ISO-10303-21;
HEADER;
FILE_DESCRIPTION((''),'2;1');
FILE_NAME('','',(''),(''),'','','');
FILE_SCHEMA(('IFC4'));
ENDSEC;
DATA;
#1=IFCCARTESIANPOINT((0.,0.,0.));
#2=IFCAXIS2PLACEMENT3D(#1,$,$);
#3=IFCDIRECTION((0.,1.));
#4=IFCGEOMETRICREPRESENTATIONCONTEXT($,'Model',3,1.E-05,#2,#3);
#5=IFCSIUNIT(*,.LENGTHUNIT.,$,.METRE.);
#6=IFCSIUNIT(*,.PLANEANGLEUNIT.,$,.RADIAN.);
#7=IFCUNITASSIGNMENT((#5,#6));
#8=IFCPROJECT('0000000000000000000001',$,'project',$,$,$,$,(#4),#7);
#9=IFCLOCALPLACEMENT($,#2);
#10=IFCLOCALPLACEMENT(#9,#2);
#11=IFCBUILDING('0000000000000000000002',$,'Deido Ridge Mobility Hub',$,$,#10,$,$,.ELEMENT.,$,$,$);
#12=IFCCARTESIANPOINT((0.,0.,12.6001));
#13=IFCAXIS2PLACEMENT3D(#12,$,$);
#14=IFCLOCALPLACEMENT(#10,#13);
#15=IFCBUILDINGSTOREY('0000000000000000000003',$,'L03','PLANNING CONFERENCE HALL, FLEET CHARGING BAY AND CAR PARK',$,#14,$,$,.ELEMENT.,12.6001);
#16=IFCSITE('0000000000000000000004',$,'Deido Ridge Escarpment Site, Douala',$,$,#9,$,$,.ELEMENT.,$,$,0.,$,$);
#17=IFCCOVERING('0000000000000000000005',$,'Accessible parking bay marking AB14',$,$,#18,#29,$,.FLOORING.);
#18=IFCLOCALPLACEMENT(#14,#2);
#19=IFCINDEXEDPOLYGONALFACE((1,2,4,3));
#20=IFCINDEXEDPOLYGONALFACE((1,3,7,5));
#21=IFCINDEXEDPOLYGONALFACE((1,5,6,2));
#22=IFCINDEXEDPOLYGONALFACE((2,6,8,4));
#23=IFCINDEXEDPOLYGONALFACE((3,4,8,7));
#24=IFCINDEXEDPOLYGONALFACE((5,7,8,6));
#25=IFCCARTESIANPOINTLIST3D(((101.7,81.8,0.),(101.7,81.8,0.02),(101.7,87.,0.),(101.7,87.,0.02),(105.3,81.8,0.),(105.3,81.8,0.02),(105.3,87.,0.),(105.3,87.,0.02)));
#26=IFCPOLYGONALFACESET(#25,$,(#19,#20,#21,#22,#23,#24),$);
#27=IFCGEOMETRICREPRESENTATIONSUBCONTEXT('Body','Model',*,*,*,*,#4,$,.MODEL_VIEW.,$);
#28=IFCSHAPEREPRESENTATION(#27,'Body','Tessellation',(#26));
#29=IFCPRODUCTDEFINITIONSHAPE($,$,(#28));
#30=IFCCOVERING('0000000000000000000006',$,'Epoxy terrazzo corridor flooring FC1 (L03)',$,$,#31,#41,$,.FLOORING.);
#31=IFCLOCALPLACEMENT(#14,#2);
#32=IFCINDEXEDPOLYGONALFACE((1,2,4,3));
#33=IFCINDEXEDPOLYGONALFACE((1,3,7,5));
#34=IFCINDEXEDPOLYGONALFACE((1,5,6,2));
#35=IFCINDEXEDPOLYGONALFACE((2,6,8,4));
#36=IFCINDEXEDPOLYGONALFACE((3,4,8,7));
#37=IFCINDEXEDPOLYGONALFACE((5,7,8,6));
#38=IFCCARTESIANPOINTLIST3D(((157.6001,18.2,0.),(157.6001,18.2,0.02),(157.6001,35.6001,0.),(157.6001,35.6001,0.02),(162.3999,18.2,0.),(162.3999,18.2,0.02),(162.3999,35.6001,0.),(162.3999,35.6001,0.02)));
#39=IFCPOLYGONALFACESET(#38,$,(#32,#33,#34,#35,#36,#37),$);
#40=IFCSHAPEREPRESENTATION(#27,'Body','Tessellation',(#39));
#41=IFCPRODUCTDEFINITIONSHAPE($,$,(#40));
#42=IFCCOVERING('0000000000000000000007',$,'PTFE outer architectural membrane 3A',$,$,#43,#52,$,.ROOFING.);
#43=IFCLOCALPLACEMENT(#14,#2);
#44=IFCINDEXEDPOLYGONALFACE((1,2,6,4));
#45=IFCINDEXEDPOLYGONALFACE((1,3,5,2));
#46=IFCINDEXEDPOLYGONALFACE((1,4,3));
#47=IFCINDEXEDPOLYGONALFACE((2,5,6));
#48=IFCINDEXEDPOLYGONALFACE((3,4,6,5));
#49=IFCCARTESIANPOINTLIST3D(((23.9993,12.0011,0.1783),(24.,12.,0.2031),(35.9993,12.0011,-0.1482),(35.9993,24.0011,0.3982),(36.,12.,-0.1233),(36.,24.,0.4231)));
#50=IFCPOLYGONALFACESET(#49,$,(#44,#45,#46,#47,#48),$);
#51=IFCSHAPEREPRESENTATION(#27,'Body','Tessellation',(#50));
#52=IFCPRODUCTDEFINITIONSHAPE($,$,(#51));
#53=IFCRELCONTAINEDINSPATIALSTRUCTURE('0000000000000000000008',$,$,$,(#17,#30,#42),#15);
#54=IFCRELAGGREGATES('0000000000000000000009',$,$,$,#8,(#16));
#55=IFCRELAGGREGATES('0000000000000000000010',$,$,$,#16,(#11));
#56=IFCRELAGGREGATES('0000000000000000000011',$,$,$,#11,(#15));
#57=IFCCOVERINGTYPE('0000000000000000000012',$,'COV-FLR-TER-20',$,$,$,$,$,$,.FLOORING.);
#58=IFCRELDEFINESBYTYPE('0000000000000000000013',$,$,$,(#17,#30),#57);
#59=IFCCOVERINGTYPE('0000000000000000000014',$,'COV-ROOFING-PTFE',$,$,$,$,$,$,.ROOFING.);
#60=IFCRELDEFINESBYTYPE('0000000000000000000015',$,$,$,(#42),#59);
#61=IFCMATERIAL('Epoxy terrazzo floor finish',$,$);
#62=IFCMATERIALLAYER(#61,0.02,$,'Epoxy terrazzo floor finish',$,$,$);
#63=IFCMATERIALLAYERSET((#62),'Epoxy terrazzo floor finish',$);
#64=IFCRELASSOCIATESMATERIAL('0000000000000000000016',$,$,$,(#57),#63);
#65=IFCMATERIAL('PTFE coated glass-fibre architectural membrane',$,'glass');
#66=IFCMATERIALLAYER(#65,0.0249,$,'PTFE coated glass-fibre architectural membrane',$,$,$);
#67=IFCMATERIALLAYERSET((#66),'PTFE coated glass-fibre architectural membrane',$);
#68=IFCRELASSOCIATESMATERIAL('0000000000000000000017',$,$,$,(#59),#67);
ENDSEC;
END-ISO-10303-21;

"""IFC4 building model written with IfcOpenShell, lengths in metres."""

from ifc_helpers import new_model, si_unit, direction, frame, origin, place, context, subcontext, project, spatial, polyline, outline, extrude, material, layer, layer_set, type_object, element, save


model = new_model("IFC4")

# Units and contexts
model_context = context("Model", 3, precision=1e-05, world=origin(), true_north=direction((0.0, 1.0)))
body_context = subcontext(model_context, "Body", "Model", "MODEL_VIEW")
ifc_project = project(units=[si_unit("LENGTHUNIT", "METRE"), si_unit("PLANEANGLEUNIT", "RADIAN")], contexts=[model_context])

# Site, building, storey
site_placement = place(None, origin())
site = spatial("IfcSite", under=ifc_project, at=site_placement, Name="Deido Ridge Escarpment Site, Douala", CompositionType="ELEMENT", RefElevation=0.0)
building_placement = place(site_placement, origin())
building = spatial("IfcBuilding", under=site, at=building_placement, Name="Deido Ridge Mobility Hub", CompositionType="ELEMENT")
storey_placement = place(building_placement, frame((0.0, 0.0, 12.6001)))
storey = spatial("IfcBuildingStorey", under=building, at=storey_placement, Name="L03", Description="PLANNING CONFERENCE HALL, FLEET CHARGING BAY AND CAR PARK", CompositionType="ELEMENT", Elevation=12.6001)

# Shared definitions
ifc_material_1 = material(Name="PTFE coated glass-fibre architectural membrane", Category="glass")

# Coverings
ifc_material_2 = material(Name="Epoxy terrazzo floor finish")
ifc_layer_1 = layer(ifc_material_2, 0.02, Name="Epoxy terrazzo floor finish")
ifc_layer_set_1 = layer_set([ifc_layer_1], Name="Epoxy terrazzo floor finish")
covering_type_1 = type_object("IfcCoveringType", Name="COV-FLR-TER-20", PredefinedType="FLOORING", material=ifc_layer_set_1)
covering_1_placement = place(storey_placement, origin())
element("IfcCovering", 1, at=covering_1_placement, inside=storey, type_object=covering_type_1, Name="Accessible parking bay marking AB14", PredefinedType="FLOORING", context=body_context, shape_type="SweptSolid", body=[
    extrude(outline(polyline([(101.7, 81.8), (105.3, 81.8), (105.3, 87.0), (101.7, 87.0), (101.7, 81.8)])), origin(), (0.0, 0.0, 1.0), 0.02),
])
covering_2_placement = place(storey_placement, origin())
element("IfcCovering", 2, at=covering_2_placement, inside=storey, type_object=covering_type_1, Name="Epoxy terrazzo corridor flooring FC1 (L03)", PredefinedType="FLOORING", context=body_context, shape_type="SweptSolid", body=[
    extrude(outline(polyline([(157.6001, 18.2), (162.3999, 18.2), (162.3999, 35.6001), (157.6001, 35.6001), (157.6001, 18.2)])), origin(), (0.0, 0.0, 1.0), 0.02),
])
ifc_layer_2 = layer(ifc_material_1, 0.0249, Name="PTFE coated glass-fibre architectural membrane")
ifc_layer_set_2 = layer_set([ifc_layer_2], Name="PTFE coated glass-fibre architectural membrane")
covering_type_2 = type_object("IfcCoveringType", Name="COV-ROOFING-PTFE", PredefinedType="ROOFING", material=ifc_layer_set_2)
covering_3_placement = place(storey_placement, frame((24.0, 12.0, 0.2031), z_axis=(0.027163, -0.045468, 0.998596), x_axis=(0.99963, 0.0, -0.027191)))
element("IfcCovering", 3, at=covering_3_placement, inside=storey, type_object=covering_type_2, Name="PTFE outer architectural membrane 3A", PredefinedType="ROOFING", context=body_context, shape_type="SweptSolid", body=[
    extrude(outline(polyline([(0.0, 0.0), (12.0044, 0.0), (11.9896, 12.0124), (0.0, 0.0)])), origin(), (0.0, 0.0, -1.0), 0.0249),
])

save(model, "model.ifc")
